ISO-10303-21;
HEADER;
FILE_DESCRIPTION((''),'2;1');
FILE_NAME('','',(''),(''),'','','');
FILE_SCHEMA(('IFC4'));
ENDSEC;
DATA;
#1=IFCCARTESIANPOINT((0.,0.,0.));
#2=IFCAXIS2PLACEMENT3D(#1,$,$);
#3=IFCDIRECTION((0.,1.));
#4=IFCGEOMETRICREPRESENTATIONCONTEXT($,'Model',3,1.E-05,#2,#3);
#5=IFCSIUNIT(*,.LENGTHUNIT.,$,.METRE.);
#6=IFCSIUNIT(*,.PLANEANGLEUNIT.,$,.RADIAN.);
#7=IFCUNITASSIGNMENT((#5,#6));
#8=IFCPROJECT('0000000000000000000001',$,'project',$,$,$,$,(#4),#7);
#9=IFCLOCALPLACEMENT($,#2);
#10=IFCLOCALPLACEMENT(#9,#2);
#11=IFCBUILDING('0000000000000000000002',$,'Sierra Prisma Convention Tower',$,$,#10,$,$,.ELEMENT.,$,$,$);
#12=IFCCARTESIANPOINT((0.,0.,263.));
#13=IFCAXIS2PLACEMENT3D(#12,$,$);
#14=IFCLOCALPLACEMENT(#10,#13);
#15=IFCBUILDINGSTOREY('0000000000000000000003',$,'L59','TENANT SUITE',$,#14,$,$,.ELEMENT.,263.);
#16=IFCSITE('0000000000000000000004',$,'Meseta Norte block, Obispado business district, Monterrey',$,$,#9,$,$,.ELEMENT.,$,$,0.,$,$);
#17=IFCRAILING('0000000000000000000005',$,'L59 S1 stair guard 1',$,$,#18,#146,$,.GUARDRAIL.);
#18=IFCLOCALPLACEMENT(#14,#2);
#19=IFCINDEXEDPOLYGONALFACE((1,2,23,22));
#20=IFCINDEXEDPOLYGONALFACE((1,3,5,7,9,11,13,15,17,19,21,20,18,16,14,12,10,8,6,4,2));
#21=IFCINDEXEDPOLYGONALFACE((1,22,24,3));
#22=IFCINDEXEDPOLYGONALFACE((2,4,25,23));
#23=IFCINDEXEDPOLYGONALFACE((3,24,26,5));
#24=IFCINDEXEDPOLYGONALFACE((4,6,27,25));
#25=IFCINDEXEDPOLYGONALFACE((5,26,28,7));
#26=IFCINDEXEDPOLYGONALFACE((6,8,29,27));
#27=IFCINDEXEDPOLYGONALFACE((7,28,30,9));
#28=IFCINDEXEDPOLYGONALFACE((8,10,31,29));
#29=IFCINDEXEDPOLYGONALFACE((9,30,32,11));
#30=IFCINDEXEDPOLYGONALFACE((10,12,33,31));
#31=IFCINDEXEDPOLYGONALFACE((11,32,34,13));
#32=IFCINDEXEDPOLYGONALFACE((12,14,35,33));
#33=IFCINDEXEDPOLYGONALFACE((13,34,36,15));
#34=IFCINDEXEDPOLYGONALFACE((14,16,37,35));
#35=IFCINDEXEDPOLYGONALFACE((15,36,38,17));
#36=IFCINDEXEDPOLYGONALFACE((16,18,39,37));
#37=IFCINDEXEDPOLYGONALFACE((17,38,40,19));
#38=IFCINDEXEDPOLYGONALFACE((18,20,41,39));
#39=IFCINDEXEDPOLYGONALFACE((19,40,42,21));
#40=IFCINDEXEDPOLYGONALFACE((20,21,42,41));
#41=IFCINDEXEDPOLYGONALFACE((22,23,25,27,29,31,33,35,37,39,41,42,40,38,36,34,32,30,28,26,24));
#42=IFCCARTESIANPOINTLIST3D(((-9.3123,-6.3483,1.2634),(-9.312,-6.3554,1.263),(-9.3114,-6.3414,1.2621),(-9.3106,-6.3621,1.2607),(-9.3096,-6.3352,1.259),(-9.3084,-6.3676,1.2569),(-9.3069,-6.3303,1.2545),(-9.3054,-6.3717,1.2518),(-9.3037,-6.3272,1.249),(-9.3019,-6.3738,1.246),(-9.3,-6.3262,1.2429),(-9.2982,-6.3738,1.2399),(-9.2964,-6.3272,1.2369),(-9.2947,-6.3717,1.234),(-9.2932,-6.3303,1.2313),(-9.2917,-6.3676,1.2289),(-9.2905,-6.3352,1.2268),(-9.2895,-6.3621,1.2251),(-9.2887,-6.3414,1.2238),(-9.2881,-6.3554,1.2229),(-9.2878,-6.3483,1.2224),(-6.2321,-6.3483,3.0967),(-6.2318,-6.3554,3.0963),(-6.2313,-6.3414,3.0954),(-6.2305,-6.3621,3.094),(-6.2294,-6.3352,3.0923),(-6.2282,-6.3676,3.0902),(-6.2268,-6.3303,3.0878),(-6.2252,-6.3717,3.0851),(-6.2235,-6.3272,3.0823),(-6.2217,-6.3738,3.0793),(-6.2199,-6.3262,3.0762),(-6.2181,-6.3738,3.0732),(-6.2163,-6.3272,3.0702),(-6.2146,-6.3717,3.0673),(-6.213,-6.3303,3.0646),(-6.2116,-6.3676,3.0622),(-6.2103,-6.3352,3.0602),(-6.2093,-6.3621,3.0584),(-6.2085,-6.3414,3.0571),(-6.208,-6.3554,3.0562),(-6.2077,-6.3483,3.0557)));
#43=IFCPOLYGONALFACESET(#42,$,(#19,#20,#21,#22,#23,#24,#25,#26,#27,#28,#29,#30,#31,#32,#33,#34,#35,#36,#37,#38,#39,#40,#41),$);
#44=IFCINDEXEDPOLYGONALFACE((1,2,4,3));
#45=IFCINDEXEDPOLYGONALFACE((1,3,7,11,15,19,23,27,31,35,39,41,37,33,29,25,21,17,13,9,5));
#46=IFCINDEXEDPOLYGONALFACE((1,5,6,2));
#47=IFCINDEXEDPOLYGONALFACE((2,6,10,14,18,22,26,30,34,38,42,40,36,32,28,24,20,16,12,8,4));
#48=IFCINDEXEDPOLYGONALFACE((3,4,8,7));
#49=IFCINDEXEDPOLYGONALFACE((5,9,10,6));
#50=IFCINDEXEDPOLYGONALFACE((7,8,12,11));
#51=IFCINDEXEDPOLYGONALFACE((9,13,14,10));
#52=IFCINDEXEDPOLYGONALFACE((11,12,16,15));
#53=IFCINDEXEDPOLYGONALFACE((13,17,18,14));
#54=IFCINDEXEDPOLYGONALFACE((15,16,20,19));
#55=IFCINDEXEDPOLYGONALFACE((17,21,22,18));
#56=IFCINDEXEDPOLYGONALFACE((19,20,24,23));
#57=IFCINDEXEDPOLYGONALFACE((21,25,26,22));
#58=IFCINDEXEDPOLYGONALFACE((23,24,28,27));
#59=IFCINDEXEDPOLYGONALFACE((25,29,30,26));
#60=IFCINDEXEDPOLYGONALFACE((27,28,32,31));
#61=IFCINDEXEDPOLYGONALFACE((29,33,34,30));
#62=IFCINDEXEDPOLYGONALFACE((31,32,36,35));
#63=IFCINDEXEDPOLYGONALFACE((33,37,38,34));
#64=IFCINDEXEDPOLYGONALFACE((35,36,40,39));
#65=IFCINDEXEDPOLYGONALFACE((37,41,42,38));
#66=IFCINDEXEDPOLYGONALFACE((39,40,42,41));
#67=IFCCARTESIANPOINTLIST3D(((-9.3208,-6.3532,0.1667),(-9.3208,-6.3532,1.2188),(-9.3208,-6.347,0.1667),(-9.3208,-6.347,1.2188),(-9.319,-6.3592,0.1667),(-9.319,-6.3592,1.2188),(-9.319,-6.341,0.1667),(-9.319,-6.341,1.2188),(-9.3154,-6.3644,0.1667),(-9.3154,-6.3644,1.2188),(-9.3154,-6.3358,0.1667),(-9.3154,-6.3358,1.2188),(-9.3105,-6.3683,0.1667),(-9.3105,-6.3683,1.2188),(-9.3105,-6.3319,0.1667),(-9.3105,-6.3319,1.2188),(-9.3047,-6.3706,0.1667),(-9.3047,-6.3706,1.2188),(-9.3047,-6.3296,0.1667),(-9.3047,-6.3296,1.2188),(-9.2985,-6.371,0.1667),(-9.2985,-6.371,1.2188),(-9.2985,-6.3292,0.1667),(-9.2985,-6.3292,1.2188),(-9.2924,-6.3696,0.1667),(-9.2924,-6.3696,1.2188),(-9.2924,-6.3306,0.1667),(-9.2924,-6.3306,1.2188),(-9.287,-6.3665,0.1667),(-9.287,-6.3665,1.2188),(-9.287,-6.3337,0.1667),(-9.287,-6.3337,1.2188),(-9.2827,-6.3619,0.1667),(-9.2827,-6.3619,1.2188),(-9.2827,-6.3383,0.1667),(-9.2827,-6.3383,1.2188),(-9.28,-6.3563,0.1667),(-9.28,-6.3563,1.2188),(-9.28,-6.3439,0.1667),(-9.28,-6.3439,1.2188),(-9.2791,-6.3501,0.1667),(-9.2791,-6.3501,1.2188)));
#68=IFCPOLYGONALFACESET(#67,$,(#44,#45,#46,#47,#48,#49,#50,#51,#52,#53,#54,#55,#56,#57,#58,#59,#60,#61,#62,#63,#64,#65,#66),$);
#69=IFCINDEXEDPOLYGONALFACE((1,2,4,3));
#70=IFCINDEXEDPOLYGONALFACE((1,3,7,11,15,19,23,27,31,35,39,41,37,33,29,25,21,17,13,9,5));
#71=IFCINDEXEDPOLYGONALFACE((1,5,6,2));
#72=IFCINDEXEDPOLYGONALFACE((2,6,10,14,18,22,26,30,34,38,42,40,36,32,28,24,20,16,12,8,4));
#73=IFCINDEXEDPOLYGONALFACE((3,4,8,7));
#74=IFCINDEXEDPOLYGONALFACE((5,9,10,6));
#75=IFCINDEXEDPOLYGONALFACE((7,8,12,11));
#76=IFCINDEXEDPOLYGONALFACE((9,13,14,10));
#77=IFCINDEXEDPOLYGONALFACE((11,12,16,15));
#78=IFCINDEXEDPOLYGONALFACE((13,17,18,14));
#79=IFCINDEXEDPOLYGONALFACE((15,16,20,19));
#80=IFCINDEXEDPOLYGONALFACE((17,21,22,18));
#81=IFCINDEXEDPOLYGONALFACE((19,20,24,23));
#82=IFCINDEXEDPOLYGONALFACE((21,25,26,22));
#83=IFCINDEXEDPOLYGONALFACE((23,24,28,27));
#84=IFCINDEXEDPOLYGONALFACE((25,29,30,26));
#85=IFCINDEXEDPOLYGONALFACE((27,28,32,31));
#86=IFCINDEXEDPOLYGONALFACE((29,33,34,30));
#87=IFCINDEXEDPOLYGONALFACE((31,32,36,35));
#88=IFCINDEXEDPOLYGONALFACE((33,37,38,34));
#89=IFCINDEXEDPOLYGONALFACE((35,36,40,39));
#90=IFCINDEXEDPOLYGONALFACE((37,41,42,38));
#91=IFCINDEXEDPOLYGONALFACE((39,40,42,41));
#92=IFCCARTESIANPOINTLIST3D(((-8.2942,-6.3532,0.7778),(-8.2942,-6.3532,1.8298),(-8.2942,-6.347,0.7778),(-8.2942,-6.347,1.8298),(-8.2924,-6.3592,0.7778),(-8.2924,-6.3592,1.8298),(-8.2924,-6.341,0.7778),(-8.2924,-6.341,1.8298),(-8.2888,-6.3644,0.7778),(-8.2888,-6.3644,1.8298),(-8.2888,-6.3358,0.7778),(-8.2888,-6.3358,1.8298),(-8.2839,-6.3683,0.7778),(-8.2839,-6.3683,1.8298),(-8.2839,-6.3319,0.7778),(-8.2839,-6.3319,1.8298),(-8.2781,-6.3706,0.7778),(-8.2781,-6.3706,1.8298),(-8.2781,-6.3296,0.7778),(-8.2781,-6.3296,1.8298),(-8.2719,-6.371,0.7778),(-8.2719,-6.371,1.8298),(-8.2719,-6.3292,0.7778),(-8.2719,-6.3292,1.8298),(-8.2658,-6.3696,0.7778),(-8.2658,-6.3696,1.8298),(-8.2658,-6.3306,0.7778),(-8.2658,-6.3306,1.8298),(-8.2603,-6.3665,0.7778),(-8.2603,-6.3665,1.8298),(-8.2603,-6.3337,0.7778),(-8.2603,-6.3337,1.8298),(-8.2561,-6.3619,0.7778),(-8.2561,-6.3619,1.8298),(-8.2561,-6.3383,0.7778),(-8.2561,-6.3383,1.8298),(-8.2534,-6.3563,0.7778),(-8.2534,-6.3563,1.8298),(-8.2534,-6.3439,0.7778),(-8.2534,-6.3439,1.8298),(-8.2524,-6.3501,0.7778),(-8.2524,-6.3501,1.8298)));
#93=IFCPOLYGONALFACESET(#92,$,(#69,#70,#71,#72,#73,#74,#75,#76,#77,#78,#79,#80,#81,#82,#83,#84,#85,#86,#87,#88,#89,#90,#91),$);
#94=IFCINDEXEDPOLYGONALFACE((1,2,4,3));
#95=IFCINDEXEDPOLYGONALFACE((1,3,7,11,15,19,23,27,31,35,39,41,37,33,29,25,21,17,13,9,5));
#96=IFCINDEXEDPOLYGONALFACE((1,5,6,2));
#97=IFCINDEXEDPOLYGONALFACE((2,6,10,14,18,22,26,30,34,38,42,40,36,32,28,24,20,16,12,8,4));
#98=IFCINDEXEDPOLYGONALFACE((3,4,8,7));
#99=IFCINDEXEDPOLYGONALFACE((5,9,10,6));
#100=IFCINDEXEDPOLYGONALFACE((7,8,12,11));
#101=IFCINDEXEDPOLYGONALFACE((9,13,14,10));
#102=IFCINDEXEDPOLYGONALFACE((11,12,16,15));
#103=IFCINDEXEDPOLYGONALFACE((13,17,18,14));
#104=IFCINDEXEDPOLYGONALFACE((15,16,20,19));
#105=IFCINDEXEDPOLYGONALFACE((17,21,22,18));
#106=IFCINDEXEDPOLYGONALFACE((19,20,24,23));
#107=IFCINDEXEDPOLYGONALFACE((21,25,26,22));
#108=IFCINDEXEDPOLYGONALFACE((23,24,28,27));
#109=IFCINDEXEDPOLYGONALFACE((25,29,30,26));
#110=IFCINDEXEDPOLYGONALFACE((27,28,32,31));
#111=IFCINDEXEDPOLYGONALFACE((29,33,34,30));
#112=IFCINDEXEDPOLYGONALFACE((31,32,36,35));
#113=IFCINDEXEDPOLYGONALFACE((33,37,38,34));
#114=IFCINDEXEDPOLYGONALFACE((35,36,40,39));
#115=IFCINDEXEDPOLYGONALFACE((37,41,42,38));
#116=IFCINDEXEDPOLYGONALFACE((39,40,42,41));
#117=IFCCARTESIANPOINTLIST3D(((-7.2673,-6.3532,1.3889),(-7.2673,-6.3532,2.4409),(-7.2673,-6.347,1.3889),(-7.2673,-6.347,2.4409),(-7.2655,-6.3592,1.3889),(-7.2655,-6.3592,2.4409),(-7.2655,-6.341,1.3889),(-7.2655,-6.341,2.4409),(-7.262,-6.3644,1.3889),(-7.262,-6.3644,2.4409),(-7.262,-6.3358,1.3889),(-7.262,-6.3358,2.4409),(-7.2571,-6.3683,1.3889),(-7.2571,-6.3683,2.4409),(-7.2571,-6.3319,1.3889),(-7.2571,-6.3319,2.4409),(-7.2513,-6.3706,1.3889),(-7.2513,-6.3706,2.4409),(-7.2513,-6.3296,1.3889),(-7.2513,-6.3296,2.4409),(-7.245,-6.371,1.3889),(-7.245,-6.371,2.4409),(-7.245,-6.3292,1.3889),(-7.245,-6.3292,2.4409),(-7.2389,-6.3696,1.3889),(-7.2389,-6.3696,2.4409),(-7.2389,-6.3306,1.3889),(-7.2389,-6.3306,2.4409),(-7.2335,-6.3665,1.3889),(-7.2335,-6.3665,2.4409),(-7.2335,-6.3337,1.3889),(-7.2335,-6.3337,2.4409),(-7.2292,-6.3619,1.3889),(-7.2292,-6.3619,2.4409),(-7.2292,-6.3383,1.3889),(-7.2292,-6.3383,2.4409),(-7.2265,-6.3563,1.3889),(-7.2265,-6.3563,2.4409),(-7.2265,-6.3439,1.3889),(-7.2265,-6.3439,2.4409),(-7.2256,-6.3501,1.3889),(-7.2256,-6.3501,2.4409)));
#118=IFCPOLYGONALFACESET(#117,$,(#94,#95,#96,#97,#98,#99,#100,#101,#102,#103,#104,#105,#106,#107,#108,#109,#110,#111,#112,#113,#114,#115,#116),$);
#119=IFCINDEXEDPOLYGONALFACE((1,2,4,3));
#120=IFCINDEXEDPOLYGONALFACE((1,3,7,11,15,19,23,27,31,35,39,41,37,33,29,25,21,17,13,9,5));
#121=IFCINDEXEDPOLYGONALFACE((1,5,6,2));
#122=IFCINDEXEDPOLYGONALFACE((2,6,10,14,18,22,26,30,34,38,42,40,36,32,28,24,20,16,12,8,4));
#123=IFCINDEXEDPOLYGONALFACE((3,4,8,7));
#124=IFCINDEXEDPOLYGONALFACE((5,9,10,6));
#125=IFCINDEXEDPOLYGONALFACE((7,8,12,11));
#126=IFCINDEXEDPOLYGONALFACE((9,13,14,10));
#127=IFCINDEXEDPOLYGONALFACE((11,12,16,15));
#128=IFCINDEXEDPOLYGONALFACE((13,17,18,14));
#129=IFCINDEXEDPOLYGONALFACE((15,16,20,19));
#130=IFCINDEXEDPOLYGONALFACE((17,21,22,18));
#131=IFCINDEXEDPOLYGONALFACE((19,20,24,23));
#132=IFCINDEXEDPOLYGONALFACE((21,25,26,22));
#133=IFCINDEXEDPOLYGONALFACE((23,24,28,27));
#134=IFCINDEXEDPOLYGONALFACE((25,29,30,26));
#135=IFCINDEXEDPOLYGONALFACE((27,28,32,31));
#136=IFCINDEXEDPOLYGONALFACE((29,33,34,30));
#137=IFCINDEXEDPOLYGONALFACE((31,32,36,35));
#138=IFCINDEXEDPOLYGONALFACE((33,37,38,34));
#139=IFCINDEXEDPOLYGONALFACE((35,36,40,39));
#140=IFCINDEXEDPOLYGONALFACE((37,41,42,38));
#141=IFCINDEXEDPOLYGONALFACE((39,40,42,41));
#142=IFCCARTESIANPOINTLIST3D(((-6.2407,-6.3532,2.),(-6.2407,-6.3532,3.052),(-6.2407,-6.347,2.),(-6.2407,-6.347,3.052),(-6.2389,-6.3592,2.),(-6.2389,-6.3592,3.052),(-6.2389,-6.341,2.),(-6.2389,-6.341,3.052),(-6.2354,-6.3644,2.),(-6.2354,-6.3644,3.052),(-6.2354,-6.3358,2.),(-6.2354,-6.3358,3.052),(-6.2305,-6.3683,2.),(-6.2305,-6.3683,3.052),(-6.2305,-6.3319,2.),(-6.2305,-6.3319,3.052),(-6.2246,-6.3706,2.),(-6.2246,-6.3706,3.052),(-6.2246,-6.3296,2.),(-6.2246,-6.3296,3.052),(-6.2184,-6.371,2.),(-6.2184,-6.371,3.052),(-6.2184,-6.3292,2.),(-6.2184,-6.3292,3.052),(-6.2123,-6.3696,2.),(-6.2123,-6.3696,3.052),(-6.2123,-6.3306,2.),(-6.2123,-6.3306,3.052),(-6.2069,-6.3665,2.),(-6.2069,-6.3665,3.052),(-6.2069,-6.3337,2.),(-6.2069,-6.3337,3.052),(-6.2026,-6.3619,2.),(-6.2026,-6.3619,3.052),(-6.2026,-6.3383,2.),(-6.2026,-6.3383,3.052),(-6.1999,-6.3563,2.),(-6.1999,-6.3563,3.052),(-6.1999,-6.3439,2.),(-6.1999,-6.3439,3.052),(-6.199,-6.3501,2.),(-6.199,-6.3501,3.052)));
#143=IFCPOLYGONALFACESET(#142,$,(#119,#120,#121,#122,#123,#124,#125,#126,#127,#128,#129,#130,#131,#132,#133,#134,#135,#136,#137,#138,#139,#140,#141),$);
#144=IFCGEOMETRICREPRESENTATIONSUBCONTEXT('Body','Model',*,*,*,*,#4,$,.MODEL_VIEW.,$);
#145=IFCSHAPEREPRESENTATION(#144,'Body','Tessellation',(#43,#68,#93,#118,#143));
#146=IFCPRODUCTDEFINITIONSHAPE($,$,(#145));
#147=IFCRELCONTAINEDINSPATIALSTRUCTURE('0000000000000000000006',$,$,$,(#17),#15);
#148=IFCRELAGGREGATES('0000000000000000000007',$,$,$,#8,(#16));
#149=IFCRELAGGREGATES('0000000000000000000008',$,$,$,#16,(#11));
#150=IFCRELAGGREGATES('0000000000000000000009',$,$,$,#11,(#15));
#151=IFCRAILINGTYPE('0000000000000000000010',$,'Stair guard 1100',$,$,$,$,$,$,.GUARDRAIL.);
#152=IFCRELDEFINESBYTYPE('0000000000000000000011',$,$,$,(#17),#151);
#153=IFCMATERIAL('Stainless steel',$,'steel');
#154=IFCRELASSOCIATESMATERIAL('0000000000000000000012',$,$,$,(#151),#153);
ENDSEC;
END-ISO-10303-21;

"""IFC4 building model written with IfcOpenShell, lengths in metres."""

from ifc_helpers import new_model, si_unit, direction, frame, origin, origin_2d, place, context, subcontext, project, spatial, circle, extrude, material, type_object, element, save


model = new_model("IFC4")

# Units and contexts
model_context = context("Model", 3, precision=1e-05, world=origin(), true_north=direction((0.0, 1.0)))
body_context = subcontext(model_context, "Body", "Model", "MODEL_VIEW")
ifc_project = project(units=[si_unit("LENGTHUNIT", "METRE"), si_unit("PLANEANGLEUNIT", "RADIAN")], contexts=[model_context])

# Site, building, storey
site_placement = place(None, origin())
site = spatial("IfcSite", under=ifc_project, at=site_placement, Name="Meseta Norte block, Obispado business district, Monterrey", CompositionType="ELEMENT", RefElevation=0.0)
building_placement = place(site_placement, origin())
building = spatial("IfcBuilding", under=site, at=building_placement, Name="Sierra Prisma Convention Tower", CompositionType="ELEMENT")
storey_placement = place(building_placement, frame((0.0, 0.0, 263.0)))
storey = spatial("IfcBuildingStorey", under=building, at=storey_placement, Name="L59", Description="TENANT SUITE", CompositionType="ELEMENT", Elevation=263.0)

# Railing
ifc_material_1 = material(Name="Stainless steel", Category="steel")
railing_type_1 = type_object("IfcRailingType", Name="Stair guard 1100", PredefinedType="GUARDRAIL", material=ifc_material_1)
railing_1_placement = place(storey_placement, frame((-9.3, -6.3501, 0.1667)))
element("IfcRailing", 1, at=railing_1_placement, inside=storey, type_object=railing_type_1, Name="L59 S1 stair guard 1", PredefinedType="GUARDRAIL", context=body_context, shape_type="SweptSolid", body=[
    extrude(circle(Radius=0.0239, at=origin_2d()), frame((0.0, 0.0, 1.0762), z_axis=(0.859309, 0.0, 0.511458), x_axis=(0.0, 1.0, 0.0)), (0.0, 0.0, 1.0), 3.5845),
    extrude(circle(Radius=0.021, at=origin_2d()), origin(), (0.0, 0.0, 1.0), 1.052),
    extrude(circle(Radius=0.021, at=origin_2d()), frame((1.0266, 0.0, 0.6111)), (0.0, 0.0, 1.0), 1.052),
    extrude(circle(Radius=0.021, at=origin_2d()), frame((2.0535, 0.0, 1.2222)), (0.0, 0.0, 1.0), 1.052),
    extrude(circle(Radius=0.021, at=origin_2d()), frame((3.0801, 0.0, 1.8333)), (0.0, 0.0, 1.0), 1.052),
])

save(model, "model.ifc")
